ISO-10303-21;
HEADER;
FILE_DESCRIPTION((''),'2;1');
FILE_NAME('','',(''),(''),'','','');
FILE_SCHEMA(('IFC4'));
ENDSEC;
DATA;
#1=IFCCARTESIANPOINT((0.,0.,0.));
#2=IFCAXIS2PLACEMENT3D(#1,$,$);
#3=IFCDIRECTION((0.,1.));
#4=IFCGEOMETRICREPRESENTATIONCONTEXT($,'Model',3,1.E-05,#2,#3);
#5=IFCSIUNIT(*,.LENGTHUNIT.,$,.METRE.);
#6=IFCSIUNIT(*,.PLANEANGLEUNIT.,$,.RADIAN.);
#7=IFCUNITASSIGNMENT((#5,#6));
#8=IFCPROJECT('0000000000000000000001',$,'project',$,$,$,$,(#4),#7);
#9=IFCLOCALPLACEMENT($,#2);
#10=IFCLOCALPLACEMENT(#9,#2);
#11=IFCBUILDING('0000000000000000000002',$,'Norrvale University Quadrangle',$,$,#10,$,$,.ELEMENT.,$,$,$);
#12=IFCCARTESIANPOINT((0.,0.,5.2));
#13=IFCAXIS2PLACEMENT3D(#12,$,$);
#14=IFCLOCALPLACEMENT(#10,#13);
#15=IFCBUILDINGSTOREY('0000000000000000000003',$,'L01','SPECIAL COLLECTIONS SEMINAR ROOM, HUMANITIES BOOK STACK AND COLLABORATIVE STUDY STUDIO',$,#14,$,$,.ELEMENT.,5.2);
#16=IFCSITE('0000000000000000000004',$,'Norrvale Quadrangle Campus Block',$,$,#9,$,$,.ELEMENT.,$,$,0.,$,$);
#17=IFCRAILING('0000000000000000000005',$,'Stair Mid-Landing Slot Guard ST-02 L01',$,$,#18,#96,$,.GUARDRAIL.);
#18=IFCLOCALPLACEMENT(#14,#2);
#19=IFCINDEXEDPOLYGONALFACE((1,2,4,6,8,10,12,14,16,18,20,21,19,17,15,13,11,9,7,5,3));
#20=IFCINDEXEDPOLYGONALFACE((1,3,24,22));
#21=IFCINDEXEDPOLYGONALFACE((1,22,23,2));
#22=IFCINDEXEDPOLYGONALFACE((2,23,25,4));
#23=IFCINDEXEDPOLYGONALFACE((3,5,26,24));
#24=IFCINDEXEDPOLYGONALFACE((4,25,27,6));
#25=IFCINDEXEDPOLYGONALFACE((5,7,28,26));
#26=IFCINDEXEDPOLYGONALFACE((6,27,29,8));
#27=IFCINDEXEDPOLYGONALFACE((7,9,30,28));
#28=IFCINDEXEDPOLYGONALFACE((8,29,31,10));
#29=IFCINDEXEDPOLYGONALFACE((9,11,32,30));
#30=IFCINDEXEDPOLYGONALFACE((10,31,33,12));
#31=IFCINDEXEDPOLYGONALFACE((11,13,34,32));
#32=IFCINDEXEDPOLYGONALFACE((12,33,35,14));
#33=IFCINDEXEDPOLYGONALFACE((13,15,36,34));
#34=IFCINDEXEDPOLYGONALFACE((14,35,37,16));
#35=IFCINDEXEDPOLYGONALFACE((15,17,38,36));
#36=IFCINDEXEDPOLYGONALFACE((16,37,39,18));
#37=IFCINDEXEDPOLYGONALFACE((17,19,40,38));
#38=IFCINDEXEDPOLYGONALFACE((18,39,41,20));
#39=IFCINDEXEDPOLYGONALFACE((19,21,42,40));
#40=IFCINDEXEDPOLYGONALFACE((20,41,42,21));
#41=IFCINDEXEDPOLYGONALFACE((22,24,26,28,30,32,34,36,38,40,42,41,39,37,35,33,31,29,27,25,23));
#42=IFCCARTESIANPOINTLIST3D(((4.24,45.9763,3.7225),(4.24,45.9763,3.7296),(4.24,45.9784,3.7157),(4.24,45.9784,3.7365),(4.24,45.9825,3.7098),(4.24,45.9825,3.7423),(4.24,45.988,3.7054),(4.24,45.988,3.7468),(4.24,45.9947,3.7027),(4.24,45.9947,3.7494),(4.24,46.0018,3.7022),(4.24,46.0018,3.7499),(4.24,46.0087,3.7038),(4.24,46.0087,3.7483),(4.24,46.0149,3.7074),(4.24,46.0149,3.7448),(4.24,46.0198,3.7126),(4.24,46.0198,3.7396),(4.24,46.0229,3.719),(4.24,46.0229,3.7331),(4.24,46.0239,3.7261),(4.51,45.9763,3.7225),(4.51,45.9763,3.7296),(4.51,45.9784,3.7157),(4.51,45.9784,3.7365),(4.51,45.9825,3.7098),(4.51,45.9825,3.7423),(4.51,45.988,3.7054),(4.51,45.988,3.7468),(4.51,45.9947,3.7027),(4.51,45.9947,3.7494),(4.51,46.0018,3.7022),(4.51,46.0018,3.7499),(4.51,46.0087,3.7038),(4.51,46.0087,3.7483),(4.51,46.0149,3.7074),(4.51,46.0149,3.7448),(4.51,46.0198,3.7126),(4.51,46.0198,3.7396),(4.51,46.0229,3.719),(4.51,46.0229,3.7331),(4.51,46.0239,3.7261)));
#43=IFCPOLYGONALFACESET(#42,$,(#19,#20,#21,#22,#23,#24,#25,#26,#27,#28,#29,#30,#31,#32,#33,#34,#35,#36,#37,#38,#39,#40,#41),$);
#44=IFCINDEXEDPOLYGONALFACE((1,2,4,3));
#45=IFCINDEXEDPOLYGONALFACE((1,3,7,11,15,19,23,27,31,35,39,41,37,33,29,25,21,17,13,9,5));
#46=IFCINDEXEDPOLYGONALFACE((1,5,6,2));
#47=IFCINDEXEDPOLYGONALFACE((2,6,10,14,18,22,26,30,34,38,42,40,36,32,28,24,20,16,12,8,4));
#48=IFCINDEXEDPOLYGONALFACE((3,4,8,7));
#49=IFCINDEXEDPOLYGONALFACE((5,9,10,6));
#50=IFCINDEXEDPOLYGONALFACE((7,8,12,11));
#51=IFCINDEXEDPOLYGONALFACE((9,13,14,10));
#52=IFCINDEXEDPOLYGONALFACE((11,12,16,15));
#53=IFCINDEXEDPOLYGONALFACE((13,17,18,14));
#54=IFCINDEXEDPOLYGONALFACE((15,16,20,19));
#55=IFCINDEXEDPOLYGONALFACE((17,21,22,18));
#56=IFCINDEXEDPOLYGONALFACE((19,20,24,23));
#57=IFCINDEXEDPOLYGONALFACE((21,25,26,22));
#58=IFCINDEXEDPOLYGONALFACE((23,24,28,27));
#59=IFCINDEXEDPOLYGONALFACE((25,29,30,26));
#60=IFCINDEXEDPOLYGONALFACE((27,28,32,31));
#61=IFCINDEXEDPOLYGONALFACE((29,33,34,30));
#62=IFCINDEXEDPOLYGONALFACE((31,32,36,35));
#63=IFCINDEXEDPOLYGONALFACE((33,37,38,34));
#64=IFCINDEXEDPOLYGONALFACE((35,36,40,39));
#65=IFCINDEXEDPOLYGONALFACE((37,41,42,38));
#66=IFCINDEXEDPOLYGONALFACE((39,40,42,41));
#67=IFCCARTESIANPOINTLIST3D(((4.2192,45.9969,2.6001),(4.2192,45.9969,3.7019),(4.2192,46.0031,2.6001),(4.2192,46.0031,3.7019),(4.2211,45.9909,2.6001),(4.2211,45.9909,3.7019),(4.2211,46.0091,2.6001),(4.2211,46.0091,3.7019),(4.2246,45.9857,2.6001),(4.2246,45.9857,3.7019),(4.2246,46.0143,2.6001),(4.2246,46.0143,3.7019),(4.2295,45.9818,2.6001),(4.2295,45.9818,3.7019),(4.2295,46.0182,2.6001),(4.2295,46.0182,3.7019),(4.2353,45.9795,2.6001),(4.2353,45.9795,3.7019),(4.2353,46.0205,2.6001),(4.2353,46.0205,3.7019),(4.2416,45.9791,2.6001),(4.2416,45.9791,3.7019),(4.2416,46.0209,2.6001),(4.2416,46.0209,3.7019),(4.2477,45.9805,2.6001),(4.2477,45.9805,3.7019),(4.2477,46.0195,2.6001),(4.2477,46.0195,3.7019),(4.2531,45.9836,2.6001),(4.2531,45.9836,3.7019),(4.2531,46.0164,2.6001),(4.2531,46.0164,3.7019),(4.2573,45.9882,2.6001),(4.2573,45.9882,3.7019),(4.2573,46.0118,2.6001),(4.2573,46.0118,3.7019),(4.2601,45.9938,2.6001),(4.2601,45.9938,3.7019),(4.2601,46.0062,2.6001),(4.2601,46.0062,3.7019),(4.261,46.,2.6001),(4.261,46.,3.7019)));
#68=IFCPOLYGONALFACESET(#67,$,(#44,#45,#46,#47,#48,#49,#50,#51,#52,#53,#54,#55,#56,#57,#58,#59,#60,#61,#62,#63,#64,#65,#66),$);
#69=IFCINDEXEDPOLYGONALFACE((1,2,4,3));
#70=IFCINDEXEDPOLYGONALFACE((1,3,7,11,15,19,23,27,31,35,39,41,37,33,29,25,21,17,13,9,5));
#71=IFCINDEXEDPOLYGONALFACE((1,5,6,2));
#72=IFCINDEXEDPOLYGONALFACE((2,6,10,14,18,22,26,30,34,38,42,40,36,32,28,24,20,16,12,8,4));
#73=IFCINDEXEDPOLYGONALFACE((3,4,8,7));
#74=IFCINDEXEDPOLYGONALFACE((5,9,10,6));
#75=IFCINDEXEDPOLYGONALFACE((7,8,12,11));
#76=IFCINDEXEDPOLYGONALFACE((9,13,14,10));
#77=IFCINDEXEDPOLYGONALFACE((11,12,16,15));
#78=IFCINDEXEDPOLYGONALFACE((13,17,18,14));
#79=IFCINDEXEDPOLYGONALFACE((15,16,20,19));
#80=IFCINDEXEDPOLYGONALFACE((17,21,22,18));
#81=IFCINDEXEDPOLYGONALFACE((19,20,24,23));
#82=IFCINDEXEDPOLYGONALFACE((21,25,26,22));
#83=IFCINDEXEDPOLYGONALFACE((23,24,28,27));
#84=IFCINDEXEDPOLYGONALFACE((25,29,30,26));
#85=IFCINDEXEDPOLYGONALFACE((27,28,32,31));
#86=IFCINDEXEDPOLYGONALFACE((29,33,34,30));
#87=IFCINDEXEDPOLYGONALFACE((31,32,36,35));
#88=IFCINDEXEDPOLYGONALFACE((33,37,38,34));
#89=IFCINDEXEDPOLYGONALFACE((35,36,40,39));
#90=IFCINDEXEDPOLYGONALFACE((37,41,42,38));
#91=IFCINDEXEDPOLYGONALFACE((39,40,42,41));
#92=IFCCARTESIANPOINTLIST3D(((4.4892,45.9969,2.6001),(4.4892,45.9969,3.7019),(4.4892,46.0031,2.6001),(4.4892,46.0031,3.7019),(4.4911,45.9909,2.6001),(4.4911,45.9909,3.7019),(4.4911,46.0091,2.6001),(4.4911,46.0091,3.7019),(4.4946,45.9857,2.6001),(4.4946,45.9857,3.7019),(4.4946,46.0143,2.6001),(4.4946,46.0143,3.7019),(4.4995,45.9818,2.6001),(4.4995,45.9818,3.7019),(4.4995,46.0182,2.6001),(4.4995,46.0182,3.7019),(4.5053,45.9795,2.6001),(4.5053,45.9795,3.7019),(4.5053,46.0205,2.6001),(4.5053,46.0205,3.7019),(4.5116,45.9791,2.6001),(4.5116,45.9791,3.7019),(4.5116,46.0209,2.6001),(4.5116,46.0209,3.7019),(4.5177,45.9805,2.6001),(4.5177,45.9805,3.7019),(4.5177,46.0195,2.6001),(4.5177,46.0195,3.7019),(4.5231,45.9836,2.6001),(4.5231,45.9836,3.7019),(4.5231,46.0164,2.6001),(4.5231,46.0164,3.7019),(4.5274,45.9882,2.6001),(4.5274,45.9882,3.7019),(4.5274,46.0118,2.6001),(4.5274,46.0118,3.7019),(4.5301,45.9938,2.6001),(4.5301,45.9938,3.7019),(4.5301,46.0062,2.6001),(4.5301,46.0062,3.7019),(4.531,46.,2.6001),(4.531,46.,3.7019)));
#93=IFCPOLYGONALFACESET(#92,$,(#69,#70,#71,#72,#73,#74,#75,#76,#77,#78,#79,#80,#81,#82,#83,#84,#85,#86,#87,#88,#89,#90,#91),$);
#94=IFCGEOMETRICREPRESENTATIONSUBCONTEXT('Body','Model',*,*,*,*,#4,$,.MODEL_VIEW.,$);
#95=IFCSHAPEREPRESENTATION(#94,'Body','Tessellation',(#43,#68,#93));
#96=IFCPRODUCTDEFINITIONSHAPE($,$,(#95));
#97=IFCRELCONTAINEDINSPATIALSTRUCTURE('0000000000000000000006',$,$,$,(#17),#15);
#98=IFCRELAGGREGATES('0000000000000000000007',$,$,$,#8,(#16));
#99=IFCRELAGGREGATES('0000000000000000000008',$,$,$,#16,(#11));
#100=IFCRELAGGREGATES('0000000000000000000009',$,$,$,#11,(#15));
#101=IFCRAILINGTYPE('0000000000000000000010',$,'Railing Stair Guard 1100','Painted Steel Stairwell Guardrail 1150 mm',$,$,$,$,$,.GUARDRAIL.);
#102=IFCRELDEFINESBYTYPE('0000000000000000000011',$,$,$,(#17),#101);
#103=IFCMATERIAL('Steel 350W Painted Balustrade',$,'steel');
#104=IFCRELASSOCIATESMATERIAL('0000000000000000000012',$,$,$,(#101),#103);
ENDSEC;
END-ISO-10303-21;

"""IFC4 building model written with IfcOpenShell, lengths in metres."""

from ifc_helpers import new_model, si_unit, direction, frame, origin, origin_2d, place, context, subcontext, project, spatial, circle, extrude, material, type_object, element, save


model = new_model("IFC4")

# Units and contexts
model_context = context("Model", 3, precision=1e-05, world=origin(), true_north=direction((0.0, 1.0)))
body_context = subcontext(model_context, "Body", "Model", "MODEL_VIEW")
ifc_project = project(units=[si_unit("LENGTHUNIT", "METRE"), si_unit("PLANEANGLEUNIT", "RADIAN")], contexts=[model_context])

# Site, building, storey
site_placement = place(None, origin())
site = spatial("IfcSite", under=ifc_project, at=site_placement, Name="Norrvale Quadrangle Campus Block", CompositionType="ELEMENT", RefElevation=0.0)
building_placement = place(site_placement, origin())
building = spatial("IfcBuilding", under=site, at=building_placement, Name="Norrvale University Quadrangle", CompositionType="ELEMENT")
storey_placement = place(building_placement, frame((0.0, 0.0, 5.2)))
storey = spatial("IfcBuildingStorey", under=building, at=storey_placement, Name="L01", Description="SPECIAL COLLECTIONS SEMINAR ROOM, HUMANITIES BOOK STACK AND COLLABORATIVE STUDY STUDIO", CompositionType="ELEMENT", Elevation=5.2)

# Railing
ifc_material_1 = material(Name="Steel 350W Painted Balustrade", Category="steel")
railing_type_1 = type_object("IfcRailingType", Name="Railing Stair Guard 1100", Description="Painted Steel Stairwell Guardrail 1150 mm", PredefinedType="GUARDRAIL", material=ifc_material_1)
for number, where, name in (
    (1, (4.24, 46.0, 2.6001), "Stair Mid-Landing Slot Guard ST-02 L01"),
):
    element("IfcRailing", number, at=place(storey_placement, frame(where)), inside=storey, type_object=railing_type_1, Name=name, PredefinedType="GUARDRAIL", context=body_context, shape_type="SweptSolid", body=[
        extrude(circle(Radius=0.0239, at=origin_2d()), frame((0.0, 0.0, 1.126), z_axis=(1.0, 0.0, 0.0), x_axis=(0.0, 1.0, 0.0)), (0.0, 0.0, 1.0), 0.27),
        extrude(circle(Radius=0.021, at=origin_2d()), origin(), (0.0, 0.0, 1.0), 1.1018),
        extrude(circle(Radius=0.021, at=origin_2d()), frame((0.27, 0.0, 0.0)), (0.0, 0.0, 1.0), 1.1018),
    ])

save(model, "model.ifc")
